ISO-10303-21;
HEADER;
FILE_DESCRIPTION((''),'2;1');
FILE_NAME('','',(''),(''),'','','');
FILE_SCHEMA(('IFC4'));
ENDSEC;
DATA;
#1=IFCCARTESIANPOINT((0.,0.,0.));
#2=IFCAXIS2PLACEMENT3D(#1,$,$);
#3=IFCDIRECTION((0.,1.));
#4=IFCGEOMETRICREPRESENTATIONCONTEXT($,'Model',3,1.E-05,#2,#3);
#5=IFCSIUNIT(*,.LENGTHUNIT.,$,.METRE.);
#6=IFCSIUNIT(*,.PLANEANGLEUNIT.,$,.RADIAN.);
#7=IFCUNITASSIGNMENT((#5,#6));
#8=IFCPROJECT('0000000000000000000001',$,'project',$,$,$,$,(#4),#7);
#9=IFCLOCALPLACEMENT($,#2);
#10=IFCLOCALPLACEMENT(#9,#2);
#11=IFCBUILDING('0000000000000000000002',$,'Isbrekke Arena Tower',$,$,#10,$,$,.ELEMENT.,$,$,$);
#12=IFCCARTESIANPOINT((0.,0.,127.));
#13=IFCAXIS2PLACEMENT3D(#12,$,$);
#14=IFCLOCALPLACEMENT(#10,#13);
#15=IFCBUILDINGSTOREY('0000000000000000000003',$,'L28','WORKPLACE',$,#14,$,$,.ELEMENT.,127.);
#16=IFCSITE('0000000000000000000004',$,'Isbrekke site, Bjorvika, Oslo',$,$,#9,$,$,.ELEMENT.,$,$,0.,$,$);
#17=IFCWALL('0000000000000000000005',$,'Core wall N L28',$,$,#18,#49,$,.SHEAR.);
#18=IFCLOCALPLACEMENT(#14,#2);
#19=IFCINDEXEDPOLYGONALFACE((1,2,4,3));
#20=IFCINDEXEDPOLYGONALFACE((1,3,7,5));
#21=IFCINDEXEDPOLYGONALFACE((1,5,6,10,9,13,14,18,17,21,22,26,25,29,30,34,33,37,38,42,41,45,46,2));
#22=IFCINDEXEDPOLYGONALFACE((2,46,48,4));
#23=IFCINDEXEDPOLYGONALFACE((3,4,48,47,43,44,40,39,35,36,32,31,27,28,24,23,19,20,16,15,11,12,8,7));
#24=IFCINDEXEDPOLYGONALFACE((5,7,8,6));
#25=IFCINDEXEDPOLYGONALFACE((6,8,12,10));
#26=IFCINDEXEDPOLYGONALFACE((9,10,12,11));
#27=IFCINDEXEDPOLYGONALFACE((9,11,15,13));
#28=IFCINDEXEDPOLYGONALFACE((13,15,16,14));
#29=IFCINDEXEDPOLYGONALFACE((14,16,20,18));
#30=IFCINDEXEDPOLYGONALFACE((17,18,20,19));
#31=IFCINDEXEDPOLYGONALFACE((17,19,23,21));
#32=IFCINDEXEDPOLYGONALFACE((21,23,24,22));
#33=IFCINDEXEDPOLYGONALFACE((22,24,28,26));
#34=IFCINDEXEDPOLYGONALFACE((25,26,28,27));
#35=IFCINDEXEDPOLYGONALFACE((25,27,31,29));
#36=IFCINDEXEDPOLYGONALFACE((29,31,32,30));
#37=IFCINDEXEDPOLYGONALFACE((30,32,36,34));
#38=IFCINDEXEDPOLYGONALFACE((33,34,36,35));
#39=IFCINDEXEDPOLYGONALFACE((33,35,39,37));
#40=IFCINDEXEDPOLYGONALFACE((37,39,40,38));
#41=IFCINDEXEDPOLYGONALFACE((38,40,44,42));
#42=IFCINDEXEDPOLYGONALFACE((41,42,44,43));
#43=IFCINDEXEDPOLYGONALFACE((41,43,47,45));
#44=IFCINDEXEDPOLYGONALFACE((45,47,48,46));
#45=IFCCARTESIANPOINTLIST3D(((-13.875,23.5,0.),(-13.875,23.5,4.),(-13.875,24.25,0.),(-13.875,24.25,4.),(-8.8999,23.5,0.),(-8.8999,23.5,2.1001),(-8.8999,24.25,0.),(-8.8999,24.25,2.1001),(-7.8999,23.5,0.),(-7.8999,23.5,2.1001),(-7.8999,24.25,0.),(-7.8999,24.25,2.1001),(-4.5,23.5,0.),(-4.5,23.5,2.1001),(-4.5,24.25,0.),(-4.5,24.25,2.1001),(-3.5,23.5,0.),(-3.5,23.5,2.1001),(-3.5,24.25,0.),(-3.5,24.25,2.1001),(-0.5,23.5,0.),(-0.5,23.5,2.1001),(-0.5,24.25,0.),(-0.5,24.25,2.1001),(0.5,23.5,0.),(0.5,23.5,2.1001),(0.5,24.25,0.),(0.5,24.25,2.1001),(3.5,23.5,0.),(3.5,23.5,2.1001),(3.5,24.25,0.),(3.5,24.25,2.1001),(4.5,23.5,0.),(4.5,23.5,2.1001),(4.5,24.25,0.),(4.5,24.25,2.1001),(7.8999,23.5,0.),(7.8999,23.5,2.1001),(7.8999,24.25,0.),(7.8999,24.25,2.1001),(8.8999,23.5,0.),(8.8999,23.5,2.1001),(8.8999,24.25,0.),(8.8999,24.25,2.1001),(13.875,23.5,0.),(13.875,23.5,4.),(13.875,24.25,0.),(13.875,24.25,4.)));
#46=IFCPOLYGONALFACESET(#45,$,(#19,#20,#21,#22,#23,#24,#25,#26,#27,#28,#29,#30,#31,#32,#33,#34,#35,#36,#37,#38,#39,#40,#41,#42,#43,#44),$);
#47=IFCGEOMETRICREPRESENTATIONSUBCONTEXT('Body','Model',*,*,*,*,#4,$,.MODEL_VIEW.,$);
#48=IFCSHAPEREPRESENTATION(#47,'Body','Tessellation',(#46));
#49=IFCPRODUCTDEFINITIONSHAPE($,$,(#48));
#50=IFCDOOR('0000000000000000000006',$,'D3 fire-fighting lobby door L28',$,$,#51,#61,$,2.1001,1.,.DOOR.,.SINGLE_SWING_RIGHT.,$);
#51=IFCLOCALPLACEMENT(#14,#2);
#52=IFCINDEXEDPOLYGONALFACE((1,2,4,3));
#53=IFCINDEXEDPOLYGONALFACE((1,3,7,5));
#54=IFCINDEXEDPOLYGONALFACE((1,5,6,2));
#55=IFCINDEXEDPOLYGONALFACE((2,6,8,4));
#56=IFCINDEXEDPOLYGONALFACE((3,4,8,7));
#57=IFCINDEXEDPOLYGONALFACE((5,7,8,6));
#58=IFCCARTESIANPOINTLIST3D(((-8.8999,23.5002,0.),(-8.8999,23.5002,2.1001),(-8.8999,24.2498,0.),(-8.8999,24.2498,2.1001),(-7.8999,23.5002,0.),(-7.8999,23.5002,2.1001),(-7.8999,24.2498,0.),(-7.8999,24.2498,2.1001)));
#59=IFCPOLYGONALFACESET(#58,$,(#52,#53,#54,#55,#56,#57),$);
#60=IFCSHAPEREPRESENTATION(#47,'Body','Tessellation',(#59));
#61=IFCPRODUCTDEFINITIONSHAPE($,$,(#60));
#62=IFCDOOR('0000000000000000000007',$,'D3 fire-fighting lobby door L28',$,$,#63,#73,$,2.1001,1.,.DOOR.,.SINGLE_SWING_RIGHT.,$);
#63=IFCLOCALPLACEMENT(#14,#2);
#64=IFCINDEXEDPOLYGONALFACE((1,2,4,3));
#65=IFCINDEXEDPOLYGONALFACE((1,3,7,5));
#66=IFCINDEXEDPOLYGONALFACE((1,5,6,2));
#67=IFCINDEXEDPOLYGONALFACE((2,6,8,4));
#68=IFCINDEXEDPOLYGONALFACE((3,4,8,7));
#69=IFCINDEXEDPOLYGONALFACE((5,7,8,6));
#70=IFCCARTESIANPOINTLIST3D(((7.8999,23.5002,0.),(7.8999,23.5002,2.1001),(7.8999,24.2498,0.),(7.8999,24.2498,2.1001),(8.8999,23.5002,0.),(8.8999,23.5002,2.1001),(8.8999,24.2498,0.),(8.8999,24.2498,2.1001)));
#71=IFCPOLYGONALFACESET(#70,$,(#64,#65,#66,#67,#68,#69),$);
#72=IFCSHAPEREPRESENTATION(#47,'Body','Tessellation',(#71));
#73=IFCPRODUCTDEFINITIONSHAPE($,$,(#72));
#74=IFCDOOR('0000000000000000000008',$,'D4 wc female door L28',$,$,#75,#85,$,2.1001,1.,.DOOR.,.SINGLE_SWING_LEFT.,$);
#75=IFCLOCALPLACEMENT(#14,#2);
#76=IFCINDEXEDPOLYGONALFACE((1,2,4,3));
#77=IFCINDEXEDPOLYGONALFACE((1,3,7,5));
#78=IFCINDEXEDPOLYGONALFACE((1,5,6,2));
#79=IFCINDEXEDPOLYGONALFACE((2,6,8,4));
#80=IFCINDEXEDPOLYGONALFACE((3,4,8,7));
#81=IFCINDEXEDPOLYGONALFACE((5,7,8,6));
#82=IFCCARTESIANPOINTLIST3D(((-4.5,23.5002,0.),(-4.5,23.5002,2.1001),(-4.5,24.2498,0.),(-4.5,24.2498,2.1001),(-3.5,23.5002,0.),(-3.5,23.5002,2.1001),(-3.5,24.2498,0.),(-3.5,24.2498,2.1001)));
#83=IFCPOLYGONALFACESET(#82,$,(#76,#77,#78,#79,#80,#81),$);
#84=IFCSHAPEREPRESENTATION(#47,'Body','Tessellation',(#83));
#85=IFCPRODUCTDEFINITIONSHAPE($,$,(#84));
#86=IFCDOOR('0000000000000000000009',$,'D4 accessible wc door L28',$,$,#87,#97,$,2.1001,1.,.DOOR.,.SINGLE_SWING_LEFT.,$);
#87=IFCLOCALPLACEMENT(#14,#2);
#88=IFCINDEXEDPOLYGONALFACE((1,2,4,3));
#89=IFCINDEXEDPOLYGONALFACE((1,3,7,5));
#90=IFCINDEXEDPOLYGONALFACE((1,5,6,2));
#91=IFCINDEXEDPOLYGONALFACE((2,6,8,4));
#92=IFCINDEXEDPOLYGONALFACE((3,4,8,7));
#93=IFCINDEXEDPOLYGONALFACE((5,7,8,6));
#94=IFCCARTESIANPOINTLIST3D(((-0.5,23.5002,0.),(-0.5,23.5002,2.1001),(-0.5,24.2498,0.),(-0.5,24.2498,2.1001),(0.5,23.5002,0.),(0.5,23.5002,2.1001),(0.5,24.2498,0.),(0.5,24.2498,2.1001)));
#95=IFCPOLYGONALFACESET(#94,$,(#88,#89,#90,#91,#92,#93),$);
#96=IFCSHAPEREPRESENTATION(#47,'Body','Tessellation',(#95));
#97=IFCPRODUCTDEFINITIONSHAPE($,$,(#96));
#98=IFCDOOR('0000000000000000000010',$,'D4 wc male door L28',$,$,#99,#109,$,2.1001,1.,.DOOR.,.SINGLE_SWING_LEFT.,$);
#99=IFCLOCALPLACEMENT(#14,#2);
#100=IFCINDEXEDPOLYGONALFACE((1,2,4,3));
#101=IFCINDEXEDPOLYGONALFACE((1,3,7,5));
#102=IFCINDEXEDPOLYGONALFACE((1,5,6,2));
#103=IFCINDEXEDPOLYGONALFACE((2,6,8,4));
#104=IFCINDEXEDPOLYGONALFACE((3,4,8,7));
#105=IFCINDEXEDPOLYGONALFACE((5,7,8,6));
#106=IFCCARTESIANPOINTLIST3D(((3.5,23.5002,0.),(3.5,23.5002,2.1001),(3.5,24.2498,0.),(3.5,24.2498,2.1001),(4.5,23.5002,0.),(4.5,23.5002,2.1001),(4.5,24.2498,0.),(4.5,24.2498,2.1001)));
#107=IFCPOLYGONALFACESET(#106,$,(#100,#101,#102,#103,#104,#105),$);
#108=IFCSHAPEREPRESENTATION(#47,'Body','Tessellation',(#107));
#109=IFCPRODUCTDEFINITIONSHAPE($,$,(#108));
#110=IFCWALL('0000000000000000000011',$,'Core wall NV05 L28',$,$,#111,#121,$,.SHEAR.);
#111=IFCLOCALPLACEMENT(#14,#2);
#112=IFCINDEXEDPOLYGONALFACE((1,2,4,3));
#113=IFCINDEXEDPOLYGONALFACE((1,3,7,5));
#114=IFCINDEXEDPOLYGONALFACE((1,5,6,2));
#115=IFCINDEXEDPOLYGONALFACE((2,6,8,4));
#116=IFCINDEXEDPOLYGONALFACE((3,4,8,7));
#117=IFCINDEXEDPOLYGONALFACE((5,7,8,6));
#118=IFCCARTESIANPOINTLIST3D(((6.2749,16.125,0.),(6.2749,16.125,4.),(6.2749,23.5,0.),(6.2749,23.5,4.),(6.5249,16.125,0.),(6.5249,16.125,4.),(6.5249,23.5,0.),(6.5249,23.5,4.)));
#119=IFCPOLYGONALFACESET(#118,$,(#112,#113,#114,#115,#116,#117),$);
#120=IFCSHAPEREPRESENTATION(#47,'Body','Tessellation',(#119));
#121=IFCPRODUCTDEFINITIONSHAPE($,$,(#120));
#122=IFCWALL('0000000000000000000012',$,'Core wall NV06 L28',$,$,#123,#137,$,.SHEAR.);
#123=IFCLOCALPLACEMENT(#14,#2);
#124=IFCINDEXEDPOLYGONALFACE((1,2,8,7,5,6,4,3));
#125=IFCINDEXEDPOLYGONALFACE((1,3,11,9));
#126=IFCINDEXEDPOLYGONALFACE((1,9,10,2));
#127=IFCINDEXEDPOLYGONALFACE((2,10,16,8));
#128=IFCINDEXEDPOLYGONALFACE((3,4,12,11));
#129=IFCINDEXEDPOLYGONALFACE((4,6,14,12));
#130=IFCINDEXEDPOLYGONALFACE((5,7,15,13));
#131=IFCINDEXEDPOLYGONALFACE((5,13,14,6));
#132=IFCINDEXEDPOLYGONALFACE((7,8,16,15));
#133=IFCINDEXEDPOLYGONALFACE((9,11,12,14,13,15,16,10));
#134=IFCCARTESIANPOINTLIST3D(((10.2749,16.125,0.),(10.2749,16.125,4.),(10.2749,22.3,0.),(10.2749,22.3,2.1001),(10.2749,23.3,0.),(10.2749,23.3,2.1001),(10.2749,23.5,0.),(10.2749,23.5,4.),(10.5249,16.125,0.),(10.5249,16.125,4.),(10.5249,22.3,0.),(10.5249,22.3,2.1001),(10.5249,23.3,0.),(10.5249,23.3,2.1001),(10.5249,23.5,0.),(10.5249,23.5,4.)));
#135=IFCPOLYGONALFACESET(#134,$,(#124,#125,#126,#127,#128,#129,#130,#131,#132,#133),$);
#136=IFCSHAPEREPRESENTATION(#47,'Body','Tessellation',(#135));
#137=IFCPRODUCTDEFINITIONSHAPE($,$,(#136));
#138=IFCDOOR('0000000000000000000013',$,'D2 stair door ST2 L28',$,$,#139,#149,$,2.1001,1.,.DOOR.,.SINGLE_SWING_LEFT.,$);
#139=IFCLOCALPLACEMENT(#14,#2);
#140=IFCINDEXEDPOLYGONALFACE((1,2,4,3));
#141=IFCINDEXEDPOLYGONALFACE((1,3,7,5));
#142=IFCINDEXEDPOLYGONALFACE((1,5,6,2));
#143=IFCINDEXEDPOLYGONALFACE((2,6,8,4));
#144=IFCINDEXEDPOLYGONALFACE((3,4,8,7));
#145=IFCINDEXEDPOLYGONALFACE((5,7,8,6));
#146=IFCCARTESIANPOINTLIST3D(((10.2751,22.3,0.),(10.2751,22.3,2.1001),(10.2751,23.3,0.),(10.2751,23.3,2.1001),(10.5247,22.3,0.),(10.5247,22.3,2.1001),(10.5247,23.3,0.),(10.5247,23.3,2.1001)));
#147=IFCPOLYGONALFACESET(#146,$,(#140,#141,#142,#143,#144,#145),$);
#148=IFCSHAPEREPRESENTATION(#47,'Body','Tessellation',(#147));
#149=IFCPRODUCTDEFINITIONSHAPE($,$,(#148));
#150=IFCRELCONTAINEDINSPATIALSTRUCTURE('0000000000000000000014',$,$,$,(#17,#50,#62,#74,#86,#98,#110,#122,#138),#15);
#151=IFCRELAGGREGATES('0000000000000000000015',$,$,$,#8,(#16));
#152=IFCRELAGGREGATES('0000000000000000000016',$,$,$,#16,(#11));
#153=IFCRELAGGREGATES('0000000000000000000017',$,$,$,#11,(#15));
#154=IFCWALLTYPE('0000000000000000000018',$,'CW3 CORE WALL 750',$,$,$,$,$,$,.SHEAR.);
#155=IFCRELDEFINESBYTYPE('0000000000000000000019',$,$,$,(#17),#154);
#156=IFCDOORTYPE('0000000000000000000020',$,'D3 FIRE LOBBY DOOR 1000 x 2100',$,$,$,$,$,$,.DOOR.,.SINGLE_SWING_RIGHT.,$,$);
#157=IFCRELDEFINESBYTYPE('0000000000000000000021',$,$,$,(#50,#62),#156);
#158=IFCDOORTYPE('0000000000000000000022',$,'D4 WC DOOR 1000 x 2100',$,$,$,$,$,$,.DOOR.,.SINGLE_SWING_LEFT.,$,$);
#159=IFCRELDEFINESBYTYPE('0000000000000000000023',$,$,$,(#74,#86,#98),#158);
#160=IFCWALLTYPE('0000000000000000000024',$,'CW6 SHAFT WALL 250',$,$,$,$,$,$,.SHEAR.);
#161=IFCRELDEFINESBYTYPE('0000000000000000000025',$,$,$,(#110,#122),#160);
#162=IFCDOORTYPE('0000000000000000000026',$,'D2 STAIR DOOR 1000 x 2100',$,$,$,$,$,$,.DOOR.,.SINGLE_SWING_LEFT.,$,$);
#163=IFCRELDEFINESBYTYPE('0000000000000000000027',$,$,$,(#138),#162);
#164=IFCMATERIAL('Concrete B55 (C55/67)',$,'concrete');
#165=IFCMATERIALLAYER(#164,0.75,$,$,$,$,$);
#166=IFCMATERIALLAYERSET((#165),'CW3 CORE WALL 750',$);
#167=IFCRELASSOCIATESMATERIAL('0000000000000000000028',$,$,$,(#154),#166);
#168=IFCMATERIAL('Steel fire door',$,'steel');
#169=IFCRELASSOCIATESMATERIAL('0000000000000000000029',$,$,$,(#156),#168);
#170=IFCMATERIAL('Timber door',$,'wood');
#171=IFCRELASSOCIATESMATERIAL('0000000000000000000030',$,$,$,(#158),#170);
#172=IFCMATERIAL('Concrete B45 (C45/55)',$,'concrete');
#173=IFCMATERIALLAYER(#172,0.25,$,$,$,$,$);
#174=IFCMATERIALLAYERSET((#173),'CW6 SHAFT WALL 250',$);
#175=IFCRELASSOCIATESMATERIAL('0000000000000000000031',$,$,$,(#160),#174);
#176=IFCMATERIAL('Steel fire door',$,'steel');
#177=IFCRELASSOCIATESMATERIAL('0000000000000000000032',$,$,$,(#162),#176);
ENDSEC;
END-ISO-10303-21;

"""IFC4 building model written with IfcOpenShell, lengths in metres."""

from ifc_helpers import new_model, si_unit, direction, frame, frame_2d, origin, place, context, subcontext, project, spatial, rectangle, extrude, material, layer, layer_set, type_object, element, fill, save


model = new_model("IFC4")

# Units and contexts
model_context = context("Model", 3, precision=1e-05, world=origin(), true_north=direction((0.0, 1.0)))
body_context = subcontext(model_context, "Body", "Model", "MODEL_VIEW")
ifc_project = project(units=[si_unit("LENGTHUNIT", "METRE"), si_unit("PLANEANGLEUNIT", "RADIAN")], contexts=[model_context])

# Site, building, storey
site_placement = place(None, origin())
site = spatial("IfcSite", under=ifc_project, at=site_placement, Name="Isbrekke site, Bjorvika, Oslo", CompositionType="ELEMENT", RefElevation=0.0)
building_placement = place(site_placement, origin())
building = spatial("IfcBuilding", under=site, at=building_placement, Name="Isbrekke Arena Tower", CompositionType="ELEMENT")
storey_placement = place(building_placement, frame((0.0, 0.0, 127.0)))
storey = spatial("IfcBuildingStorey", under=building, at=storey_placement, Name="L28", Description="WORKPLACE", CompositionType="ELEMENT", Elevation=127.0)

# Wall, openings, doors
ifc_material_1 = material(Name="Concrete B55 (C55/67)", Category="concrete")
ifc_layer_1 = layer(ifc_material_1, 0.75)
ifc_layer_set_1 = layer_set([ifc_layer_1], Name="CW3 CORE WALL 750")
wall_type_1 = type_object("IfcWallType", Name="CW3 CORE WALL 750", PredefinedType="SHEAR", material=ifc_layer_set_1)
wall_1_placement = place(storey_placement, frame((13.875, 23.875, 0.0), z_axis=(0.0, 0.0, 1.0), x_axis=(-1.0, 0.0, 0.0)))
wall_1 = element("IfcWall", 1, at=wall_1_placement, inside=storey, type_object=wall_type_1, Name="Core wall N L28", PredefinedType="SHEAR", context=body_context, shape_type="SweptSolid", body=[
    extrude(rectangle(XDim=27.75, YDim=0.75, at=frame_2d((13.875, 0.0))), origin(), (0.0, 0.0, 1.0), 4.0),
])
opening_1_placement = place(wall_1_placement, frame((21.7749, 0.0, 0.0)))
opening_1 = element("IfcOpeningElement", 2, at=opening_1_placement, cuts=wall_1, PredefinedType="OPENING", context=body_context, shape_type="SweptSolid", body=[
    extrude(rectangle(XDim=1.0, YDim=2.1001, at=frame_2d((0.5, 1.05))), frame((0.0, 0.3899, 0.0), z_axis=(0.0, -1.0, 0.0), x_axis=(1.0, 0.0, 0.0)), (0.0, 0.0, 1.0), 0.7798),
])
opening_2_placement = place(wall_1_placement, frame((4.9751, 0.0, 0.0)))
opening_2 = element("IfcOpeningElement", 3, at=opening_2_placement, cuts=wall_1, PredefinedType="OPENING", context=body_context, shape_type="SweptSolid", body=[
    extrude(rectangle(XDim=1.0, YDim=2.1001, at=frame_2d((0.5, 1.05))), frame((0.0, 0.3899, 0.0), z_axis=(0.0, -1.0, 0.0), x_axis=(1.0, 0.0, 0.0)), (0.0, 0.0, 1.0), 0.7798),
])
opening_3_placement = place(wall_1_placement, frame((17.375, 0.0, 0.0)))
opening_3 = element("IfcOpeningElement", 4, at=opening_3_placement, cuts=wall_1, PredefinedType="OPENING", context=body_context, shape_type="SweptSolid", body=[
    extrude(rectangle(XDim=1.0, YDim=2.1001, at=frame_2d((0.5, 1.05))), frame((0.0, 0.3899, 0.0), z_axis=(0.0, -1.0, 0.0), x_axis=(1.0, 0.0, 0.0)), (0.0, 0.0, 1.0), 0.7798),
])
opening_4_placement = place(wall_1_placement, frame((13.375, 0.0, 0.0)))
opening_4 = element("IfcOpeningElement", 5, at=opening_4_placement, cuts=wall_1, PredefinedType="OPENING", context=body_context, shape_type="SweptSolid", body=[
    extrude(rectangle(XDim=1.0, YDim=2.1001, at=frame_2d((0.5, 1.05))), frame((0.0, 0.3899, 0.0), z_axis=(0.0, -1.0, 0.0), x_axis=(1.0, 0.0, 0.0)), (0.0, 0.0, 1.0), 0.7798),
])
opening_5_placement = place(wall_1_placement, frame((9.375, 0.0, 0.0)))
opening_5 = element("IfcOpeningElement", 6, at=opening_5_placement, cuts=wall_1, PredefinedType="OPENING", context=body_context, shape_type="SweptSolid", body=[
    extrude(rectangle(XDim=1.0, YDim=2.1001, at=frame_2d((0.5, 1.05))), frame((0.0, 0.3899, 0.0), z_axis=(0.0, -1.0, 0.0), x_axis=(1.0, 0.0, 0.0)), (0.0, 0.0, 1.0), 0.7798),
])
ifc_material_2 = material(Name="Steel fire door", Category="steel")
door_type_1 = type_object("IfcDoorType", Name="D3 FIRE LOBBY DOOR 1000 x 2100", OperationType="SINGLE_SWING_RIGHT", PredefinedType="DOOR", material=ifc_material_2)
door_1_placement = place(opening_1_placement, origin())
door_1 = element("IfcDoor", 7, at=door_1_placement, inside=storey, type_object=door_type_1, Name="D3 fire-fighting lobby door L28", OperationType="SINGLE_SWING_RIGHT", OverallHeight=2.1001, OverallWidth=1.0, PredefinedType="DOOR", context=body_context, shape_type="SweptSolid", body=[
    extrude(rectangle(XDim=1.0, YDim=2.1001, at=frame_2d((0.5, 1.05))), frame((0.0, 0.3748, 0.0), z_axis=(0.0, -1.0, 0.0), x_axis=(1.0, 0.0, 0.0)), (0.0, 0.0, 1.0), 0.7495),
])
fill(opening_1, door_1)
door_2_placement = place(opening_2_placement, origin())
door_2 = element("IfcDoor", 8, at=door_2_placement, inside=storey, type_object=door_type_1, Name="D3 fire-fighting lobby door L28", OperationType="SINGLE_SWING_RIGHT", OverallHeight=2.1001, OverallWidth=1.0, PredefinedType="DOOR", context=body_context, shape_type="SweptSolid", body=[
    extrude(rectangle(XDim=1.0, YDim=2.1001, at=frame_2d((0.5, 1.05))), frame((0.0, 0.3748, 0.0), z_axis=(0.0, -1.0, 0.0), x_axis=(1.0, 0.0, 0.0)), (0.0, 0.0, 1.0), 0.7495),
])
fill(opening_2, door_2)
ifc_material_3 = material(Name="Timber door", Category="wood")
door_type_2 = type_object("IfcDoorType", Name="D4 WC DOOR 1000 x 2100", OperationType="SINGLE_SWING_LEFT", PredefinedType="DOOR", material=ifc_material_3)
door_3_placement = place(opening_3_placement, origin())
door_3 = element("IfcDoor", 9, at=door_3_placement, inside=storey, type_object=door_type_2, Name="D4 wc female door L28", OperationType="SINGLE_SWING_LEFT", OverallHeight=2.1001, OverallWidth=1.0, PredefinedType="DOOR", context=body_context, shape_type="SweptSolid", body=[
    extrude(rectangle(XDim=1.0, YDim=2.1001, at=frame_2d((0.5, 1.05))), frame((0.0, 0.3748, 0.0), z_axis=(0.0, -1.0, 0.0), x_axis=(1.0, 0.0, 0.0)), (0.0, 0.0, 1.0), 0.7495),
])
fill(opening_3, door_3)
door_4_placement = place(opening_4_placement, origin())
door_4 = element("IfcDoor", 10, at=door_4_placement, inside=storey, type_object=door_type_2, Name="D4 accessible wc door L28", OperationType="SINGLE_SWING_LEFT", OverallHeight=2.1001, OverallWidth=1.0, PredefinedType="DOOR", context=body_context, shape_type="SweptSolid", body=[
    extrude(rectangle(XDim=1.0, YDim=2.1001, at=frame_2d((0.5, 1.05))), frame((0.0, 0.3748, 0.0), z_axis=(0.0, -1.0, 0.0), x_axis=(1.0, 0.0, 0.0)), (0.0, 0.0, 1.0), 0.7495),
])
fill(opening_4, door_4)
door_5_placement = place(opening_5_placement, origin())
door_5 = element("IfcDoor", 11, at=door_5_placement, inside=storey, type_object=door_type_2, Name="D4 wc male door L28", OperationType="SINGLE_SWING_LEFT", OverallHeight=2.1001, OverallWidth=1.0, PredefinedType="DOOR", context=body_context, shape_type="SweptSolid", body=[
    extrude(rectangle(XDim=1.0, YDim=2.1001, at=frame_2d((0.5, 1.05))), frame((0.0, 0.3748, 0.0), z_axis=(0.0, -1.0, 0.0), x_axis=(1.0, 0.0, 0.0)), (0.0, 0.0, 1.0), 0.7495),
])
fill(opening_5, door_5)

# Wall
ifc_material_4 = material(Name="Concrete B45 (C45/55)", Category="concrete")
ifc_layer_2 = layer(ifc_material_4, 0.25)
ifc_layer_set_2 = layer_set([ifc_layer_2], Name="CW6 SHAFT WALL 250")
wall_type_2 = type_object("IfcWallType", Name="CW6 SHAFT WALL 250", PredefinedType="SHEAR", material=ifc_layer_set_2)
wall_2_placement = place(storey_placement, frame((6.3999, 16.125, 0.0), z_axis=(0.0, 0.0, 1.0), x_axis=(0.0, 1.0, 0.0)))
element("IfcWall", 12, at=wall_2_placement, inside=storey, type_object=wall_type_2, Name="Core wall NV05 L28", PredefinedType="SHEAR", context=body_context, shape_type="SweptSolid", body=[
    extrude(rectangle(XDim=7.375, YDim=0.25, at=frame_2d((3.6875, 0.0))), origin(), (0.0, 0.0, 1.0), 4.0),
])

# Wall, opening, door
wall_3_placement = place(storey_placement, frame((10.3999, 16.125, 0.0), z_axis=(0.0, 0.0, 1.0), x_axis=(0.0, 1.0, 0.0)))
wall_3 = element("IfcWall", 13, at=wall_3_placement, inside=storey, type_object=wall_type_2, Name="Core wall NV06 L28", PredefinedType="SHEAR", context=body_context, shape_type="SweptSolid", body=[
    extrude(rectangle(XDim=7.375, YDim=0.25, at=frame_2d((3.6875, 0.0))), origin(), (0.0, 0.0, 1.0), 4.0),
])
opening_6_placement = place(wall_3_placement, frame((6.175, 0.0, 0.0)))
opening_6 = element("IfcOpeningElement", 14, at=opening_6_placement, cuts=wall_3, PredefinedType="OPENING", context=body_context, shape_type="SweptSolid", body=[
    extrude(rectangle(XDim=1.0, YDim=2.1001, at=frame_2d((0.5, 1.05))), frame((0.0, 0.1399, 0.0), z_axis=(0.0, -1.0, 0.0), x_axis=(1.0, 0.0, 0.0)), (0.0, 0.0, 1.0), 0.2798),
])
ifc_material_5 = material(Name="Steel fire door", Category="steel")
door_type_3 = type_object("IfcDoorType", Name="D2 STAIR DOOR 1000 x 2100", OperationType="SINGLE_SWING_LEFT", PredefinedType="DOOR", material=ifc_material_5)
door_6_placement = place(opening_6_placement, origin())
door_6 = element("IfcDoor", 15, at=door_6_placement, inside=storey, type_object=door_type_3, Name="D2 stair door ST2 L28", OperationType="SINGLE_SWING_LEFT", OverallHeight=2.1001, OverallWidth=1.0, PredefinedType="DOOR", context=body_context, shape_type="SweptSolid", body=[
    extrude(rectangle(XDim=1.0, YDim=2.1001, at=frame_2d((0.5, 1.05))), frame((0.0, 0.1248, 0.0), z_axis=(0.0, -1.0, 0.0), x_axis=(1.0, 0.0, 0.0)), (0.0, 0.0, 1.0), 0.2495),
])
fill(opening_6, door_6)

save(model, "model.ifc")
